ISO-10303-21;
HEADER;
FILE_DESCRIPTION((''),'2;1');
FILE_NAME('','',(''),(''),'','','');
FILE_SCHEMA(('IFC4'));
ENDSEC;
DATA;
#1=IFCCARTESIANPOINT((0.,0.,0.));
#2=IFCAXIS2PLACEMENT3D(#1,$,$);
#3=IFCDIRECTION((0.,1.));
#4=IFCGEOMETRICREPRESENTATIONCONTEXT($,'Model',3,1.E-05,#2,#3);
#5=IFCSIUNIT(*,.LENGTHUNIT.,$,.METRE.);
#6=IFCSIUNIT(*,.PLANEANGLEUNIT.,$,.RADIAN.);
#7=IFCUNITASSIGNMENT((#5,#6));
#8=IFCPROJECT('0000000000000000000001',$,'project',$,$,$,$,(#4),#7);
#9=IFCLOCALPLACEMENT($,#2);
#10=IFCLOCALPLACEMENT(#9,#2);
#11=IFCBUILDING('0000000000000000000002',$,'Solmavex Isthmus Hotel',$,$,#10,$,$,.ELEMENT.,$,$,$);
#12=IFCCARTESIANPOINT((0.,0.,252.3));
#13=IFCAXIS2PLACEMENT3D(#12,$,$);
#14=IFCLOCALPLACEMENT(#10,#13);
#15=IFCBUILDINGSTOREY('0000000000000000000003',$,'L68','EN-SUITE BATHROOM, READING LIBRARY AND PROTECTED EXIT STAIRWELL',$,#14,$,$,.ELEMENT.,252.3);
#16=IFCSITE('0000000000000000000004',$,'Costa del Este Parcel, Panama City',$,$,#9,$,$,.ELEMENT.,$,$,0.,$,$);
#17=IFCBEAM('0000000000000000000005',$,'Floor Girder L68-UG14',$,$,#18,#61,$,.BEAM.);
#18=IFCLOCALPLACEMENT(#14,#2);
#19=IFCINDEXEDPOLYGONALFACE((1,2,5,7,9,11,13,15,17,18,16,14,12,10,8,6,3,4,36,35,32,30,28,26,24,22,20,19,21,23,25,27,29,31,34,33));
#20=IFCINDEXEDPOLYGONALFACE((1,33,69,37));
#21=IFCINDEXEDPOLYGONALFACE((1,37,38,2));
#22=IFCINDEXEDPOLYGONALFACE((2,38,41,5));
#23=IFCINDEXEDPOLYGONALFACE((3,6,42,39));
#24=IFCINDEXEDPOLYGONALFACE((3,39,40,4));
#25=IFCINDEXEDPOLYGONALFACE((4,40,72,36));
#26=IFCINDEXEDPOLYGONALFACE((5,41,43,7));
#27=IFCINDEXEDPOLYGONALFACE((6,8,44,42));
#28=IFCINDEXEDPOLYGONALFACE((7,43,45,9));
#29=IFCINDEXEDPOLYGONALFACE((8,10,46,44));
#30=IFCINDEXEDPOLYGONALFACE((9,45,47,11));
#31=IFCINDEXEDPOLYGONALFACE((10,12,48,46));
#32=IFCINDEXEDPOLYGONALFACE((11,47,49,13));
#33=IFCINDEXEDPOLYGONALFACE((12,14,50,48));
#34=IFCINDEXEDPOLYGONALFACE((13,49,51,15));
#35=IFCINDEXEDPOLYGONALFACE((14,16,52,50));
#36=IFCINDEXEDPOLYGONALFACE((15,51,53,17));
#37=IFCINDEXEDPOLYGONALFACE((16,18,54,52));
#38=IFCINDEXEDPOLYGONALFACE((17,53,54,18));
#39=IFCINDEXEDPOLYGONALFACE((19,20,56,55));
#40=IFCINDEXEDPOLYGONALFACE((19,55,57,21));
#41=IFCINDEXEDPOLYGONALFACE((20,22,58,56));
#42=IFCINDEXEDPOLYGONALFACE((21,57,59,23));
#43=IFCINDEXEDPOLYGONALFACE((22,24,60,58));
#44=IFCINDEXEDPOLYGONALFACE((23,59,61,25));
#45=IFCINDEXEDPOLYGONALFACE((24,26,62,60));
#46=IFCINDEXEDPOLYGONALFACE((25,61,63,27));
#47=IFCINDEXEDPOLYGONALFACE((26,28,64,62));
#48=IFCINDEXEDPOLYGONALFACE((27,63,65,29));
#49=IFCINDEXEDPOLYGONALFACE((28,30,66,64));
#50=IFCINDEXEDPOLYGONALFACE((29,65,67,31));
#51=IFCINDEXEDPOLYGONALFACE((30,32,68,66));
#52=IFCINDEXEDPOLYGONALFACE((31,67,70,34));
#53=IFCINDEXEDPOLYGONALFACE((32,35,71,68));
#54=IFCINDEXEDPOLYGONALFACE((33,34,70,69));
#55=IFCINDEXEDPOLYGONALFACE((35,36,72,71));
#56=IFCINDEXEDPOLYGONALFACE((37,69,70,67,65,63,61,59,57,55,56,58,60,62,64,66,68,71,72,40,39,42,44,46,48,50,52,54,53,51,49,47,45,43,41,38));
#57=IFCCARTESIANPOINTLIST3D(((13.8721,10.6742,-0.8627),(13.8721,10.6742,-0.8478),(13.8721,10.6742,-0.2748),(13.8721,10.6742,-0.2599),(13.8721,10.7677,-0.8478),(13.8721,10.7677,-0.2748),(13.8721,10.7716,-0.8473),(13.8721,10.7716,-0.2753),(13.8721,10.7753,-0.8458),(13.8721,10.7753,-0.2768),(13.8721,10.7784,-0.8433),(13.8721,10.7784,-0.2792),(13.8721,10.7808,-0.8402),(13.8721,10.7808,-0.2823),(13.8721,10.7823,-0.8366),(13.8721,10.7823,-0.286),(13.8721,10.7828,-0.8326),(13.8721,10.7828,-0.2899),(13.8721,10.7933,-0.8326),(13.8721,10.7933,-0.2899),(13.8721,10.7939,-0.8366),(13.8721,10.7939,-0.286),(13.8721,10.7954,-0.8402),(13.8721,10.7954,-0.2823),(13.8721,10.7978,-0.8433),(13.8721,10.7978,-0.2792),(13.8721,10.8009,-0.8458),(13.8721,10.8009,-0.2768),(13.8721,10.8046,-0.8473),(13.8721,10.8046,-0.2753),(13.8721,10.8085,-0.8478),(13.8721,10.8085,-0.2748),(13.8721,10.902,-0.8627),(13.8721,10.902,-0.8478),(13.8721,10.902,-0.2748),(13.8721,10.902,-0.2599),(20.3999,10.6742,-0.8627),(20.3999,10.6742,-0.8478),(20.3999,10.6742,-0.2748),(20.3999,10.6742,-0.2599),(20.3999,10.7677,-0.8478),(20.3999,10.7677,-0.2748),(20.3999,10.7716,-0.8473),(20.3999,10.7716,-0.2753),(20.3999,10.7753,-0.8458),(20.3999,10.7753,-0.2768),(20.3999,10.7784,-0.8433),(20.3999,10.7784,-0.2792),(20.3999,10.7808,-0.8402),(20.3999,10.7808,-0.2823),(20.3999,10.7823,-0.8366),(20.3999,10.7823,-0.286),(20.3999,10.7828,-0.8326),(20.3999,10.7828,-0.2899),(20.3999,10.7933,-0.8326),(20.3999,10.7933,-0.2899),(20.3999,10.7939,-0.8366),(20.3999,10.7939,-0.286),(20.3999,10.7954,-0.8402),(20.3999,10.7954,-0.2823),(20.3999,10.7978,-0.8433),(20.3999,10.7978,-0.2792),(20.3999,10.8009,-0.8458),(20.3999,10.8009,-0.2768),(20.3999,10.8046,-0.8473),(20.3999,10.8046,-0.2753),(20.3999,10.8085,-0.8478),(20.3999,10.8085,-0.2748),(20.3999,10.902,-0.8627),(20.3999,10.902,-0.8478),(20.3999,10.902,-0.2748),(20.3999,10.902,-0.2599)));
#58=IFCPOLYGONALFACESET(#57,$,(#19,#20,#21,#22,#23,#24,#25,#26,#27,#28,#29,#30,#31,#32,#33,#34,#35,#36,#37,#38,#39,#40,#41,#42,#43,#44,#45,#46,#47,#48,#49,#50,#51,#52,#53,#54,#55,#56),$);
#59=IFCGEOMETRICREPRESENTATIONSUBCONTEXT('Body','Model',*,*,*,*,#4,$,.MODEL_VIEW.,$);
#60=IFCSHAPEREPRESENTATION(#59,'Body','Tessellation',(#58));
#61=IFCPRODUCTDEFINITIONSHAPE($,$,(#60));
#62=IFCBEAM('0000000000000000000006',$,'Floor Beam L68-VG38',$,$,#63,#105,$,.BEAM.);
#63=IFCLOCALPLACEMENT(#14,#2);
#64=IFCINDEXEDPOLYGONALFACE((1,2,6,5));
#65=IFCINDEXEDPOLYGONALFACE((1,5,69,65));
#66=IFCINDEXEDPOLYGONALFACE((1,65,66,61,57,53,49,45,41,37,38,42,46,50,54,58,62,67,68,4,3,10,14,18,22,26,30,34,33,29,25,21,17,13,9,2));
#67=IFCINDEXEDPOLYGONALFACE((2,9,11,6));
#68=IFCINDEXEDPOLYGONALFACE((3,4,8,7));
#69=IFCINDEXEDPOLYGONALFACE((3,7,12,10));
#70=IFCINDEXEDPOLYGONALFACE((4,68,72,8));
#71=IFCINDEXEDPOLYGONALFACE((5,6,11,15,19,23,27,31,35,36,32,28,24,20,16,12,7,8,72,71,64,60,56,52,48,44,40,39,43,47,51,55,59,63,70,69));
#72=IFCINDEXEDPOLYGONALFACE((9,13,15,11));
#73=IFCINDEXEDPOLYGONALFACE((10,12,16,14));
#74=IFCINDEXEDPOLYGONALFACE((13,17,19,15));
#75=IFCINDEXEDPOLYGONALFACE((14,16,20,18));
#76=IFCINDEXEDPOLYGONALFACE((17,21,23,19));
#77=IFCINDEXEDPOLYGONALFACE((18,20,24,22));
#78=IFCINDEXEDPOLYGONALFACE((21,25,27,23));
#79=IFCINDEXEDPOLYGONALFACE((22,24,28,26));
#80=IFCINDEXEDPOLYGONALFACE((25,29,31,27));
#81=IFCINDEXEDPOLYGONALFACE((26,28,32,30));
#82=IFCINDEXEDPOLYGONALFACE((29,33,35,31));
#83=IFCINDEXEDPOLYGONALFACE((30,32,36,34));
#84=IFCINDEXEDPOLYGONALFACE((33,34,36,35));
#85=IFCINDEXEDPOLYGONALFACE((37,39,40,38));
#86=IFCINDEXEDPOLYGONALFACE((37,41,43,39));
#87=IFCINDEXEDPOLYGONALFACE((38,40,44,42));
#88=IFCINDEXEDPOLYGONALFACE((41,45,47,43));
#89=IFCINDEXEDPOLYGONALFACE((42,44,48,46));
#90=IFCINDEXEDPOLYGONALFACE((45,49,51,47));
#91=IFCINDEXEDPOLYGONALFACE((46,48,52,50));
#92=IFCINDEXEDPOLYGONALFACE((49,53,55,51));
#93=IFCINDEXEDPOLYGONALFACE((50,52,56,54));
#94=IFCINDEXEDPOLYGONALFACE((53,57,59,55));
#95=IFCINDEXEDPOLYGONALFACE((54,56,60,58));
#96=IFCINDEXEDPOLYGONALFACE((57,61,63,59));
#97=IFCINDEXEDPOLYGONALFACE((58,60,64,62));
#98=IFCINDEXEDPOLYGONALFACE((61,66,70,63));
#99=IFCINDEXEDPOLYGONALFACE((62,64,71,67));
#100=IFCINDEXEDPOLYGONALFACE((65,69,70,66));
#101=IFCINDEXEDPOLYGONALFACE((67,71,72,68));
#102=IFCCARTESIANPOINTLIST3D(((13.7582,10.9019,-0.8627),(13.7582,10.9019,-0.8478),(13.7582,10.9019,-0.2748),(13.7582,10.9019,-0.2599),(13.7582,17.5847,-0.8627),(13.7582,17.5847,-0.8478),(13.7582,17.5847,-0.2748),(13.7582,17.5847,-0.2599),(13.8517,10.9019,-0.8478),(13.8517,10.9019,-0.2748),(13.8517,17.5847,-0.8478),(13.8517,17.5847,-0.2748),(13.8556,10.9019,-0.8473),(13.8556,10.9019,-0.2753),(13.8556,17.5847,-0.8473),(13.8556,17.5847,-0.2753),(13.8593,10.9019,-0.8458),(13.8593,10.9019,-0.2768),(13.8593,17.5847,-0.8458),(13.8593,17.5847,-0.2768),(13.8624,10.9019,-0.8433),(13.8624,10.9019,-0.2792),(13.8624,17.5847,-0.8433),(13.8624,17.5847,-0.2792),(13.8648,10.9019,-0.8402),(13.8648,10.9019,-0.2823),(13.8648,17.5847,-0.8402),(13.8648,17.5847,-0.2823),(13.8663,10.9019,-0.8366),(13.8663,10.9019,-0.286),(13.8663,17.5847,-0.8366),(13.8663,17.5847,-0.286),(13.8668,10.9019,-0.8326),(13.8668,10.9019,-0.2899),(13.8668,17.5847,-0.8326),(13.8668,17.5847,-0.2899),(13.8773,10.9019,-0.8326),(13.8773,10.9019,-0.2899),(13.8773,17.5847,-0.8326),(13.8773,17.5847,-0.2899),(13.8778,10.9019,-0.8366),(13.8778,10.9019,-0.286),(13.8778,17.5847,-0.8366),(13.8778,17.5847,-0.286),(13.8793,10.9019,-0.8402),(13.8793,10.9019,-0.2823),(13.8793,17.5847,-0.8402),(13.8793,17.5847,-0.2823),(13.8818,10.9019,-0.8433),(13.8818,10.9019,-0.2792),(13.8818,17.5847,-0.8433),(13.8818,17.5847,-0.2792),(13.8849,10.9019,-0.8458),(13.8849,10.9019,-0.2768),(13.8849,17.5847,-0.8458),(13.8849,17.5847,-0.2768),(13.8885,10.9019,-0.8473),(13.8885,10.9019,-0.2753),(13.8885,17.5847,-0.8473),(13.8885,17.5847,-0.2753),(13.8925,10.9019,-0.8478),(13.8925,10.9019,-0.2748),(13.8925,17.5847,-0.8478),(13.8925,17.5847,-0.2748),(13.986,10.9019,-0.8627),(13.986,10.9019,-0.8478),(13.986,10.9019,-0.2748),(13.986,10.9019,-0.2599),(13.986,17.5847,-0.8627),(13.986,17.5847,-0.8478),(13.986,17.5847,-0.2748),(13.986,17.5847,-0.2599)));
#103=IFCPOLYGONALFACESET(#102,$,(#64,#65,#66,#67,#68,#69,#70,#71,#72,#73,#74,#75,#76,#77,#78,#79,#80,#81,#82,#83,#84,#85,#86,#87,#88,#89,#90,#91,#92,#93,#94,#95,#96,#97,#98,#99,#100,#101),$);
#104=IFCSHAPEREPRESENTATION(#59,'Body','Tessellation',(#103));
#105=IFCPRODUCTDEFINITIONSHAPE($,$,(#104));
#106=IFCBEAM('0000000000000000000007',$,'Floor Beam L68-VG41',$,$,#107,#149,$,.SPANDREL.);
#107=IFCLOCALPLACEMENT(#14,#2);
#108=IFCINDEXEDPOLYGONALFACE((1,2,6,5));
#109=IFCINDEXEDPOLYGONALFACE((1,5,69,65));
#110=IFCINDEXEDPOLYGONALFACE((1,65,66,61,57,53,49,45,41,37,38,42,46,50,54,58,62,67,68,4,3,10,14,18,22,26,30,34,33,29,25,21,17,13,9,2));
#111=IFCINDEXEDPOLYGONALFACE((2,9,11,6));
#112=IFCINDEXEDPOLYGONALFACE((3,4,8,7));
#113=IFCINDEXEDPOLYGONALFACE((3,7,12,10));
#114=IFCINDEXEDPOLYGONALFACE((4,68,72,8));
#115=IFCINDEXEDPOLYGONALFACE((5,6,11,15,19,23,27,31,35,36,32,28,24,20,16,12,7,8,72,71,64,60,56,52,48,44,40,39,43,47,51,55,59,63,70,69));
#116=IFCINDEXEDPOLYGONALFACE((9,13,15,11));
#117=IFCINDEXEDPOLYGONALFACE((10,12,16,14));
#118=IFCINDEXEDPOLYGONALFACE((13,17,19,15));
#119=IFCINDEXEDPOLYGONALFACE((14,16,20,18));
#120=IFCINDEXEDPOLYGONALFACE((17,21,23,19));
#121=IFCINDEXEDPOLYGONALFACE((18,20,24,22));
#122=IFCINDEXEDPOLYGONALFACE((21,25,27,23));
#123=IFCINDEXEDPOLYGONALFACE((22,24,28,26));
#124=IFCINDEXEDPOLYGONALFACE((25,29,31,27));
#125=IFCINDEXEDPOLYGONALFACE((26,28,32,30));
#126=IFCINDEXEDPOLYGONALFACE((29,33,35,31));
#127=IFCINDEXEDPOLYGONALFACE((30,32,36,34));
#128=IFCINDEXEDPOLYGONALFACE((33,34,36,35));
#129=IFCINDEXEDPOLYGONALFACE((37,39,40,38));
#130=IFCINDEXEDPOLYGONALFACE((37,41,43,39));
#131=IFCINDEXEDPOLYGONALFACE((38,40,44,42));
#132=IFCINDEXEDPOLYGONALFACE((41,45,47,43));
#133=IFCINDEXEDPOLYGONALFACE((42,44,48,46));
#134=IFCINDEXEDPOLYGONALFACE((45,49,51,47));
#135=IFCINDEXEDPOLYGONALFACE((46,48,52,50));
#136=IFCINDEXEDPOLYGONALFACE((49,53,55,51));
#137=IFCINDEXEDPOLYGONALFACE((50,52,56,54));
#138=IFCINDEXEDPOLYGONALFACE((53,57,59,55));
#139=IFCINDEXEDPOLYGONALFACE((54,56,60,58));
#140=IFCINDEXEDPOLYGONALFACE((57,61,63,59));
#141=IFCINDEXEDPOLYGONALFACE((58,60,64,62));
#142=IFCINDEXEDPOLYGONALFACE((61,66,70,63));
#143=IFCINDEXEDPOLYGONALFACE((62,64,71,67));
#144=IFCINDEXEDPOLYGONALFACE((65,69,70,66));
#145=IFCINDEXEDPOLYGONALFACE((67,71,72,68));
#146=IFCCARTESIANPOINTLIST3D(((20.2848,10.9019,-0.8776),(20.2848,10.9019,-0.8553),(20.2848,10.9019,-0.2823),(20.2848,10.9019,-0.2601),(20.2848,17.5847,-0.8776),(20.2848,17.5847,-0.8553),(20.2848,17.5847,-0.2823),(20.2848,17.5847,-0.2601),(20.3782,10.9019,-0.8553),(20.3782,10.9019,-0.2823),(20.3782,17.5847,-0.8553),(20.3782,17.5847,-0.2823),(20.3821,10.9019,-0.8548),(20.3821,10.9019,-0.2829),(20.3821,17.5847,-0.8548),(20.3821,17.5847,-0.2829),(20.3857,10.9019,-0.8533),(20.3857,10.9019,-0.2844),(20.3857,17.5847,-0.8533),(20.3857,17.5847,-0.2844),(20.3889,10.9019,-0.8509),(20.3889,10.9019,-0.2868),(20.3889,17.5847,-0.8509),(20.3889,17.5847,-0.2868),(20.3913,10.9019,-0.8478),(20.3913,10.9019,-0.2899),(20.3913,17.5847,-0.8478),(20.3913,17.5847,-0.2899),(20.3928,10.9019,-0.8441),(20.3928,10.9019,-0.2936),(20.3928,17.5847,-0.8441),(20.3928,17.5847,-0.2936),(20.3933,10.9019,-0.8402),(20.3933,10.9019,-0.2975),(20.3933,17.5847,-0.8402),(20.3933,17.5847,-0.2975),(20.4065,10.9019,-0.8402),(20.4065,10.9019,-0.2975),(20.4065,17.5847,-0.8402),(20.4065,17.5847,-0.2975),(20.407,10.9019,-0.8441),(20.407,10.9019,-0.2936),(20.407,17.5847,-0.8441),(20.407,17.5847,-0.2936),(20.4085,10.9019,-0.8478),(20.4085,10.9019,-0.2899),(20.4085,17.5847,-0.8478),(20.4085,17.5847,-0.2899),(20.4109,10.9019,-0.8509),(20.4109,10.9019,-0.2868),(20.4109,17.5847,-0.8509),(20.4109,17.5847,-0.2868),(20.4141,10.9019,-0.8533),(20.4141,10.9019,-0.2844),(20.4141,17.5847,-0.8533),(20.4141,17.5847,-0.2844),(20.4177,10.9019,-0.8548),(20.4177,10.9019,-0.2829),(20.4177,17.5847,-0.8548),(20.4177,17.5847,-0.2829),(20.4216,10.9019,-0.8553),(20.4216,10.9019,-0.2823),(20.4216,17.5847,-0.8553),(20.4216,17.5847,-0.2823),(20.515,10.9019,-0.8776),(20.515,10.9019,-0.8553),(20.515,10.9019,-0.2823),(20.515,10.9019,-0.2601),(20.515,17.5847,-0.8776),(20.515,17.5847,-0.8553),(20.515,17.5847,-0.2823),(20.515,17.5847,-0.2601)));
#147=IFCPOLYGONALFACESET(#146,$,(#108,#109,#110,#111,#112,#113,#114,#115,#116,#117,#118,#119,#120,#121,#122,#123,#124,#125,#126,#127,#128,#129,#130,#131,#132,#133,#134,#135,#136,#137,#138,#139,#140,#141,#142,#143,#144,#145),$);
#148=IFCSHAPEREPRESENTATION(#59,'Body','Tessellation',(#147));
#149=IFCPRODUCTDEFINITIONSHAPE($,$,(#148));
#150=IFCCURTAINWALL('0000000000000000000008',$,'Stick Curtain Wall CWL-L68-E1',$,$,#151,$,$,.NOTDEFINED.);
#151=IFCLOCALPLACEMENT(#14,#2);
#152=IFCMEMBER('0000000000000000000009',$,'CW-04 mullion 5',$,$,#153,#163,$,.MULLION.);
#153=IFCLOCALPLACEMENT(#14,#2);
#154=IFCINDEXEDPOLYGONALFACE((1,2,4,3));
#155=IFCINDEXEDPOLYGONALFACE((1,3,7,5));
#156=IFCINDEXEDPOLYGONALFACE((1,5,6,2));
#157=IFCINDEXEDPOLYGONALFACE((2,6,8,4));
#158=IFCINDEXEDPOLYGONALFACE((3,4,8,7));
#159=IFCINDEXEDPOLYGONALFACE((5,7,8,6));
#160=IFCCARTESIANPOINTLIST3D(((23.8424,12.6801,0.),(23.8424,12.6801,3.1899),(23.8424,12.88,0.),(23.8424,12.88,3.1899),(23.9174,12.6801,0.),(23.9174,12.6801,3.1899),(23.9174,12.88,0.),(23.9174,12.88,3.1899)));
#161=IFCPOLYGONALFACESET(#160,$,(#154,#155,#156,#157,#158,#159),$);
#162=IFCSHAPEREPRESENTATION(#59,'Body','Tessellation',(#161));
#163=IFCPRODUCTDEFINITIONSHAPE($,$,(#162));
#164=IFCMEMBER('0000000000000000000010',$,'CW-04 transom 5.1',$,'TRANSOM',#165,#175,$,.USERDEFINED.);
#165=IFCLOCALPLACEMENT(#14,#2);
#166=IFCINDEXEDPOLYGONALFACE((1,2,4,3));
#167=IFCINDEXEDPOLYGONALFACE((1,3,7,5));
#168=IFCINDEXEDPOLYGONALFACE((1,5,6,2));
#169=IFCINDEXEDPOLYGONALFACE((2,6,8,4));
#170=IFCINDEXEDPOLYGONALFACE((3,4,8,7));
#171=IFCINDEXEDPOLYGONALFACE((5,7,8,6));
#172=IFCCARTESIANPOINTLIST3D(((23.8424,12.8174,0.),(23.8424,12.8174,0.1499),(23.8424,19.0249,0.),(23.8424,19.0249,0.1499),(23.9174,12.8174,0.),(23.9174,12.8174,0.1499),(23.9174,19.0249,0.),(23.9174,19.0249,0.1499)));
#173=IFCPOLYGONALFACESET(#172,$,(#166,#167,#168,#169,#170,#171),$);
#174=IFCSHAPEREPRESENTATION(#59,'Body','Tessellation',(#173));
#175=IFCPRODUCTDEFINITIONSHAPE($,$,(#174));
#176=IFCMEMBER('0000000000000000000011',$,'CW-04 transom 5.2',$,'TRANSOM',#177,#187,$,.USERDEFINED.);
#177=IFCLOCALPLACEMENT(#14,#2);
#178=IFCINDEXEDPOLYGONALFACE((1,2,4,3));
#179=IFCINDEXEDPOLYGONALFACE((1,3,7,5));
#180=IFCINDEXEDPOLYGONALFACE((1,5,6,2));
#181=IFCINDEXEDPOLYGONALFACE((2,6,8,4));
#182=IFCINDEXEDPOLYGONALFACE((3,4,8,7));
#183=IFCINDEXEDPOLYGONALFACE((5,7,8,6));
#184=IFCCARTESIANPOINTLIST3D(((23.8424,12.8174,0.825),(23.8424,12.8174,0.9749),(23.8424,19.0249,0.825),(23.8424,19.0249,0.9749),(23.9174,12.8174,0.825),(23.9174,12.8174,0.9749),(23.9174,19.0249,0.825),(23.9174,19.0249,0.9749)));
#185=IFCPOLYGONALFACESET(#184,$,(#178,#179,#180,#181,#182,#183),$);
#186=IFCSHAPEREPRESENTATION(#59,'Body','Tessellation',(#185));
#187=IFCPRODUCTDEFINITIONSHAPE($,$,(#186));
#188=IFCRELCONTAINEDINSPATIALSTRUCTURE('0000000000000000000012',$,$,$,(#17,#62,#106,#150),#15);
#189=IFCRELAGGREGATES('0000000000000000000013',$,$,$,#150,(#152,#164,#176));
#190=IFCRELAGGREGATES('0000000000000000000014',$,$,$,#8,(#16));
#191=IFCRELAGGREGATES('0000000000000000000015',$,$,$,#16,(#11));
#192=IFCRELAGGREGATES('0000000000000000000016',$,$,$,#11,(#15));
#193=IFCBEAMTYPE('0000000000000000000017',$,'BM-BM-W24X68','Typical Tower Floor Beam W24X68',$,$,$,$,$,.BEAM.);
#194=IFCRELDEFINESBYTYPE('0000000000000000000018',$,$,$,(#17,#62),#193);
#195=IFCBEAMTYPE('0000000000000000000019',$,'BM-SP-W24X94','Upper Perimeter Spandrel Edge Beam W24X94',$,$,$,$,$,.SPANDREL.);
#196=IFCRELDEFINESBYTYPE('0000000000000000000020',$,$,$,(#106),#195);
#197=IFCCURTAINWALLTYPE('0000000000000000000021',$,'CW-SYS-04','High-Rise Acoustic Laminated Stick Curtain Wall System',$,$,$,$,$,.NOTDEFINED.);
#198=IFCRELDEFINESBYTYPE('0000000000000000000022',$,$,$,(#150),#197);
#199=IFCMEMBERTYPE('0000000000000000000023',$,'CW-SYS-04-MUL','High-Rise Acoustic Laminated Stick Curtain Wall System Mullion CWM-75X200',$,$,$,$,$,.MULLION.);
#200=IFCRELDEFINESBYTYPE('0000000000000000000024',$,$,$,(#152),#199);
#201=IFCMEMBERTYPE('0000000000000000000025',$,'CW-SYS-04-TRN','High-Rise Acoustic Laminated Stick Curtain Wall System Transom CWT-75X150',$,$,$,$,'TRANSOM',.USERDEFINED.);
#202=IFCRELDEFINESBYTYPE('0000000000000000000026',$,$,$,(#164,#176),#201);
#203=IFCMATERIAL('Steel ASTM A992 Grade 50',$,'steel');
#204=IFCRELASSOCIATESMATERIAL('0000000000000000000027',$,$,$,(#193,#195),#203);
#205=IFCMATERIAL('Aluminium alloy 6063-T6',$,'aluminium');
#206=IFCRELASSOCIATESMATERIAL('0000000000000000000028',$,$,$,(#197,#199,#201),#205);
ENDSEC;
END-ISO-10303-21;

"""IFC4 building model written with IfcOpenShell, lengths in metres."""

from ifc_helpers import new_model, si_unit, direction, frame, origin, origin_2d, place, context, subcontext, project, spatial, rectangle, i_section, extrude, material, material_profile, profile_set, type_object, element, aggregate, save


model = new_model("IFC4")

# Units and contexts
model_context = context("Model", 3, precision=1e-05, world=origin(), true_north=direction((0.0, 1.0)))
body_context = subcontext(model_context, "Body", "Model", "MODEL_VIEW")
ifc_project = project(units=[si_unit("LENGTHUNIT", "METRE"), si_unit("PLANEANGLEUNIT", "RADIAN")], contexts=[model_context])

# Site, building, storey
site_placement = place(None, origin())
site = spatial("IfcSite", under=ifc_project, at=site_placement, Name="Costa del Este Parcel, Panama City", CompositionType="ELEMENT", RefElevation=0.0)
building_placement = place(site_placement, origin())
building = spatial("IfcBuilding", under=site, at=building_placement, Name="Solmavex Isthmus Hotel", CompositionType="ELEMENT")
storey_placement = place(building_placement, frame((0.0, 0.0, 252.3)))
storey = spatial("IfcBuildingStorey", under=building, at=storey_placement, Name="L68", Description="EN-SUITE BATHROOM, READING LIBRARY AND PROTECTED EXIT STAIRWELL", CompositionType="ELEMENT", Elevation=252.3)

# Beams
ifc_material_1 = material(Name="Steel ASTM A992 Grade 50", Category="steel")
ifc_material_profile_1 = material_profile(ifc_material_1, i_section(OverallWidth=0.2278, OverallDepth=0.6028, WebThickness=0.0105, FlangeThickness=0.0149, FilletRadius=0.0151, at=origin_2d()), Name="W24X68")
ifc_profile_set_1 = profile_set([ifc_material_profile_1], Name="Steel ASTM A992 Grade 50")
beam_type_1 = type_object("IfcBeamType", Name="BM-BM-W24X68", Description="Typical Tower Floor Beam W24X68", PredefinedType="BEAM", material=ifc_profile_set_1)
beam_1_placement = place(storey_placement, frame((13.8721, 10.7881, -0.5613), z_axis=(1.0, 0.0, 0.0), x_axis=(0.0, 1.0, 0.0)))
element("IfcBeam", 1, at=beam_1_placement, inside=storey, type_object=beam_type_1, Name="Floor Girder L68-UG14", PredefinedType="BEAM", context=body_context, shape_type="SweptSolid", body=[
    extrude(i_section(OverallWidth=0.2278, OverallDepth=0.6028, WebThickness=0.0105, FlangeThickness=0.0149, FilletRadius=0.0151, at=origin_2d()), origin(), (0.0, 0.0, 1.0), 6.5278),
])
beam_2_placement = place(storey_placement, frame((13.8721, 10.9019, -0.5613), z_axis=(0.0, 1.0, 0.0), x_axis=(-1.0, 0.0, 0.0)))
element("IfcBeam", 2, at=beam_2_placement, inside=storey, type_object=beam_type_1, Name="Floor Beam L68-VG38", PredefinedType="BEAM", context=body_context, shape_type="SweptSolid", body=[
    extrude(i_section(OverallWidth=0.2278, OverallDepth=0.6028, WebThickness=0.0105, FlangeThickness=0.0149, FilletRadius=0.0151, at=origin_2d()), origin(), (0.0, 0.0, 1.0), 6.6829),
])
ifc_material_profile_2 = material_profile(ifc_material_1, i_section(OverallWidth=0.2302, OverallDepth=0.6174, WebThickness=0.0132, FlangeThickness=0.0222, FilletRadius=0.0151, at=origin_2d()), Name="W24X94")
ifc_profile_set_2 = profile_set([ifc_material_profile_2], Name="Steel ASTM A992 Grade 50")
beam_type_2 = type_object("IfcBeamType", Name="BM-SP-W24X94", Description="Upper Perimeter Spandrel Edge Beam W24X94", PredefinedType="SPANDREL", material=ifc_profile_set_2)
beam_3_placement = place(storey_placement, frame((20.3999, 10.9019, -0.5688), z_axis=(0.0, 1.0, 0.0), x_axis=(-1.0, 0.0, 0.0)))
element("IfcBeam", 3, at=beam_3_placement, inside=storey, type_object=beam_type_2, Name="Floor Beam L68-VG41", PredefinedType="SPANDREL", context=body_context, shape_type="SweptSolid", body=[
    extrude(i_section(OverallWidth=0.2302, OverallDepth=0.6174, WebThickness=0.0132, FlangeThickness=0.0222, FilletRadius=0.0151, at=origin_2d()), origin(), (0.0, 0.0, 1.0), 6.6829),
])

# Curtain wall, members
ifc_material_2 = material(Name="Aluminium alloy 6063-T6", Category="aluminium")
curtain_wall_type = type_object("IfcCurtainWallType", Name="CW-SYS-04", Description="High-Rise Acoustic Laminated Stick Curtain Wall System", PredefinedType="NOTDEFINED", material=ifc_material_2)
curtain_wall_placement = place(storey_placement, origin())
curtain_wall = element("IfcCurtainWall", 4, at=curtain_wall_placement, inside=storey, type_object=curtain_wall_type, Name="Stick Curtain Wall CWL-L68-E1", PredefinedType="NOTDEFINED")
ifc_material_profile_3 = material_profile(ifc_material_2, rectangle(XDim=0.075, YDim=0.2, at=origin_2d()), Name="CWM-75X200")
ifc_profile_set_3 = profile_set([ifc_material_profile_3], Name="Aluminium alloy 6063-T6")
member_type_1 = type_object("IfcMemberType", Name="CW-SYS-04-MUL", Description="High-Rise Acoustic Laminated Stick Curtain Wall System Mullion CWM-75X200", PredefinedType="MULLION", material=ifc_profile_set_3)
member_1_placement = place(storey_placement, frame((23.8799, 12.78, 0.0), z_axis=(0.0, 0.0, 1.0), x_axis=(-1.0, 0.0, 0.0)))
member_1 = element("IfcMember", 5, at=member_1_placement, type_object=member_type_1, Name="CW-04 mullion 5", PredefinedType="MULLION", context=body_context, shape_type="SweptSolid", body=[
    extrude(rectangle(XDim=0.075, YDim=0.2, at=origin_2d()), origin(), (0.0, 0.0, 1.0), 3.1899),
])
ifc_material_profile_4 = material_profile(ifc_material_2, rectangle(XDim=0.075, YDim=0.1499, at=origin_2d()), Name="CWT-75X150")
ifc_profile_set_4 = profile_set([ifc_material_profile_4], Name="Aluminium alloy 6063-T6")
member_type_2 = type_object("IfcMemberType", Name="CW-SYS-04-TRN", Description="High-Rise Acoustic Laminated Stick Curtain Wall System Transom CWT-75X150", ElementType="TRANSOM", PredefinedType="USERDEFINED", material=ifc_profile_set_4)
member_2_placement = place(storey_placement, frame((23.8799, 12.8174, 0.075), z_axis=(0.0, 1.0, 0.0), x_axis=(-1.0, 0.0, 0.0)))
member_2 = element("IfcMember", 6, at=member_2_placement, type_object=member_type_2, Name="CW-04 transom 5.1", ObjectType="TRANSOM", PredefinedType="USERDEFINED", context=body_context, shape_type="SweptSolid", body=[
    extrude(rectangle(XDim=0.075, YDim=0.1499, at=origin_2d()), origin(), (0.0, 0.0, 1.0), 6.2075),
])
member_3_placement = place(storey_placement, frame((23.8799, 12.8174, 0.8999), z_axis=(0.0, 1.0, 0.0), x_axis=(-1.0, 0.0, 0.0)))
member_3 = element("IfcMember", 7, at=member_3_placement, type_object=member_type_2, Name="CW-04 transom 5.2", ObjectType="TRANSOM", PredefinedType="USERDEFINED", context=body_context, shape_type="SweptSolid", body=[
    extrude(rectangle(XDim=0.075, YDim=0.1499, at=origin_2d()), origin(), (0.0, 0.0, 1.0), 6.2075),
])
aggregate(curtain_wall, [member_1, member_2, member_3])

save(model, "model.ifc")
